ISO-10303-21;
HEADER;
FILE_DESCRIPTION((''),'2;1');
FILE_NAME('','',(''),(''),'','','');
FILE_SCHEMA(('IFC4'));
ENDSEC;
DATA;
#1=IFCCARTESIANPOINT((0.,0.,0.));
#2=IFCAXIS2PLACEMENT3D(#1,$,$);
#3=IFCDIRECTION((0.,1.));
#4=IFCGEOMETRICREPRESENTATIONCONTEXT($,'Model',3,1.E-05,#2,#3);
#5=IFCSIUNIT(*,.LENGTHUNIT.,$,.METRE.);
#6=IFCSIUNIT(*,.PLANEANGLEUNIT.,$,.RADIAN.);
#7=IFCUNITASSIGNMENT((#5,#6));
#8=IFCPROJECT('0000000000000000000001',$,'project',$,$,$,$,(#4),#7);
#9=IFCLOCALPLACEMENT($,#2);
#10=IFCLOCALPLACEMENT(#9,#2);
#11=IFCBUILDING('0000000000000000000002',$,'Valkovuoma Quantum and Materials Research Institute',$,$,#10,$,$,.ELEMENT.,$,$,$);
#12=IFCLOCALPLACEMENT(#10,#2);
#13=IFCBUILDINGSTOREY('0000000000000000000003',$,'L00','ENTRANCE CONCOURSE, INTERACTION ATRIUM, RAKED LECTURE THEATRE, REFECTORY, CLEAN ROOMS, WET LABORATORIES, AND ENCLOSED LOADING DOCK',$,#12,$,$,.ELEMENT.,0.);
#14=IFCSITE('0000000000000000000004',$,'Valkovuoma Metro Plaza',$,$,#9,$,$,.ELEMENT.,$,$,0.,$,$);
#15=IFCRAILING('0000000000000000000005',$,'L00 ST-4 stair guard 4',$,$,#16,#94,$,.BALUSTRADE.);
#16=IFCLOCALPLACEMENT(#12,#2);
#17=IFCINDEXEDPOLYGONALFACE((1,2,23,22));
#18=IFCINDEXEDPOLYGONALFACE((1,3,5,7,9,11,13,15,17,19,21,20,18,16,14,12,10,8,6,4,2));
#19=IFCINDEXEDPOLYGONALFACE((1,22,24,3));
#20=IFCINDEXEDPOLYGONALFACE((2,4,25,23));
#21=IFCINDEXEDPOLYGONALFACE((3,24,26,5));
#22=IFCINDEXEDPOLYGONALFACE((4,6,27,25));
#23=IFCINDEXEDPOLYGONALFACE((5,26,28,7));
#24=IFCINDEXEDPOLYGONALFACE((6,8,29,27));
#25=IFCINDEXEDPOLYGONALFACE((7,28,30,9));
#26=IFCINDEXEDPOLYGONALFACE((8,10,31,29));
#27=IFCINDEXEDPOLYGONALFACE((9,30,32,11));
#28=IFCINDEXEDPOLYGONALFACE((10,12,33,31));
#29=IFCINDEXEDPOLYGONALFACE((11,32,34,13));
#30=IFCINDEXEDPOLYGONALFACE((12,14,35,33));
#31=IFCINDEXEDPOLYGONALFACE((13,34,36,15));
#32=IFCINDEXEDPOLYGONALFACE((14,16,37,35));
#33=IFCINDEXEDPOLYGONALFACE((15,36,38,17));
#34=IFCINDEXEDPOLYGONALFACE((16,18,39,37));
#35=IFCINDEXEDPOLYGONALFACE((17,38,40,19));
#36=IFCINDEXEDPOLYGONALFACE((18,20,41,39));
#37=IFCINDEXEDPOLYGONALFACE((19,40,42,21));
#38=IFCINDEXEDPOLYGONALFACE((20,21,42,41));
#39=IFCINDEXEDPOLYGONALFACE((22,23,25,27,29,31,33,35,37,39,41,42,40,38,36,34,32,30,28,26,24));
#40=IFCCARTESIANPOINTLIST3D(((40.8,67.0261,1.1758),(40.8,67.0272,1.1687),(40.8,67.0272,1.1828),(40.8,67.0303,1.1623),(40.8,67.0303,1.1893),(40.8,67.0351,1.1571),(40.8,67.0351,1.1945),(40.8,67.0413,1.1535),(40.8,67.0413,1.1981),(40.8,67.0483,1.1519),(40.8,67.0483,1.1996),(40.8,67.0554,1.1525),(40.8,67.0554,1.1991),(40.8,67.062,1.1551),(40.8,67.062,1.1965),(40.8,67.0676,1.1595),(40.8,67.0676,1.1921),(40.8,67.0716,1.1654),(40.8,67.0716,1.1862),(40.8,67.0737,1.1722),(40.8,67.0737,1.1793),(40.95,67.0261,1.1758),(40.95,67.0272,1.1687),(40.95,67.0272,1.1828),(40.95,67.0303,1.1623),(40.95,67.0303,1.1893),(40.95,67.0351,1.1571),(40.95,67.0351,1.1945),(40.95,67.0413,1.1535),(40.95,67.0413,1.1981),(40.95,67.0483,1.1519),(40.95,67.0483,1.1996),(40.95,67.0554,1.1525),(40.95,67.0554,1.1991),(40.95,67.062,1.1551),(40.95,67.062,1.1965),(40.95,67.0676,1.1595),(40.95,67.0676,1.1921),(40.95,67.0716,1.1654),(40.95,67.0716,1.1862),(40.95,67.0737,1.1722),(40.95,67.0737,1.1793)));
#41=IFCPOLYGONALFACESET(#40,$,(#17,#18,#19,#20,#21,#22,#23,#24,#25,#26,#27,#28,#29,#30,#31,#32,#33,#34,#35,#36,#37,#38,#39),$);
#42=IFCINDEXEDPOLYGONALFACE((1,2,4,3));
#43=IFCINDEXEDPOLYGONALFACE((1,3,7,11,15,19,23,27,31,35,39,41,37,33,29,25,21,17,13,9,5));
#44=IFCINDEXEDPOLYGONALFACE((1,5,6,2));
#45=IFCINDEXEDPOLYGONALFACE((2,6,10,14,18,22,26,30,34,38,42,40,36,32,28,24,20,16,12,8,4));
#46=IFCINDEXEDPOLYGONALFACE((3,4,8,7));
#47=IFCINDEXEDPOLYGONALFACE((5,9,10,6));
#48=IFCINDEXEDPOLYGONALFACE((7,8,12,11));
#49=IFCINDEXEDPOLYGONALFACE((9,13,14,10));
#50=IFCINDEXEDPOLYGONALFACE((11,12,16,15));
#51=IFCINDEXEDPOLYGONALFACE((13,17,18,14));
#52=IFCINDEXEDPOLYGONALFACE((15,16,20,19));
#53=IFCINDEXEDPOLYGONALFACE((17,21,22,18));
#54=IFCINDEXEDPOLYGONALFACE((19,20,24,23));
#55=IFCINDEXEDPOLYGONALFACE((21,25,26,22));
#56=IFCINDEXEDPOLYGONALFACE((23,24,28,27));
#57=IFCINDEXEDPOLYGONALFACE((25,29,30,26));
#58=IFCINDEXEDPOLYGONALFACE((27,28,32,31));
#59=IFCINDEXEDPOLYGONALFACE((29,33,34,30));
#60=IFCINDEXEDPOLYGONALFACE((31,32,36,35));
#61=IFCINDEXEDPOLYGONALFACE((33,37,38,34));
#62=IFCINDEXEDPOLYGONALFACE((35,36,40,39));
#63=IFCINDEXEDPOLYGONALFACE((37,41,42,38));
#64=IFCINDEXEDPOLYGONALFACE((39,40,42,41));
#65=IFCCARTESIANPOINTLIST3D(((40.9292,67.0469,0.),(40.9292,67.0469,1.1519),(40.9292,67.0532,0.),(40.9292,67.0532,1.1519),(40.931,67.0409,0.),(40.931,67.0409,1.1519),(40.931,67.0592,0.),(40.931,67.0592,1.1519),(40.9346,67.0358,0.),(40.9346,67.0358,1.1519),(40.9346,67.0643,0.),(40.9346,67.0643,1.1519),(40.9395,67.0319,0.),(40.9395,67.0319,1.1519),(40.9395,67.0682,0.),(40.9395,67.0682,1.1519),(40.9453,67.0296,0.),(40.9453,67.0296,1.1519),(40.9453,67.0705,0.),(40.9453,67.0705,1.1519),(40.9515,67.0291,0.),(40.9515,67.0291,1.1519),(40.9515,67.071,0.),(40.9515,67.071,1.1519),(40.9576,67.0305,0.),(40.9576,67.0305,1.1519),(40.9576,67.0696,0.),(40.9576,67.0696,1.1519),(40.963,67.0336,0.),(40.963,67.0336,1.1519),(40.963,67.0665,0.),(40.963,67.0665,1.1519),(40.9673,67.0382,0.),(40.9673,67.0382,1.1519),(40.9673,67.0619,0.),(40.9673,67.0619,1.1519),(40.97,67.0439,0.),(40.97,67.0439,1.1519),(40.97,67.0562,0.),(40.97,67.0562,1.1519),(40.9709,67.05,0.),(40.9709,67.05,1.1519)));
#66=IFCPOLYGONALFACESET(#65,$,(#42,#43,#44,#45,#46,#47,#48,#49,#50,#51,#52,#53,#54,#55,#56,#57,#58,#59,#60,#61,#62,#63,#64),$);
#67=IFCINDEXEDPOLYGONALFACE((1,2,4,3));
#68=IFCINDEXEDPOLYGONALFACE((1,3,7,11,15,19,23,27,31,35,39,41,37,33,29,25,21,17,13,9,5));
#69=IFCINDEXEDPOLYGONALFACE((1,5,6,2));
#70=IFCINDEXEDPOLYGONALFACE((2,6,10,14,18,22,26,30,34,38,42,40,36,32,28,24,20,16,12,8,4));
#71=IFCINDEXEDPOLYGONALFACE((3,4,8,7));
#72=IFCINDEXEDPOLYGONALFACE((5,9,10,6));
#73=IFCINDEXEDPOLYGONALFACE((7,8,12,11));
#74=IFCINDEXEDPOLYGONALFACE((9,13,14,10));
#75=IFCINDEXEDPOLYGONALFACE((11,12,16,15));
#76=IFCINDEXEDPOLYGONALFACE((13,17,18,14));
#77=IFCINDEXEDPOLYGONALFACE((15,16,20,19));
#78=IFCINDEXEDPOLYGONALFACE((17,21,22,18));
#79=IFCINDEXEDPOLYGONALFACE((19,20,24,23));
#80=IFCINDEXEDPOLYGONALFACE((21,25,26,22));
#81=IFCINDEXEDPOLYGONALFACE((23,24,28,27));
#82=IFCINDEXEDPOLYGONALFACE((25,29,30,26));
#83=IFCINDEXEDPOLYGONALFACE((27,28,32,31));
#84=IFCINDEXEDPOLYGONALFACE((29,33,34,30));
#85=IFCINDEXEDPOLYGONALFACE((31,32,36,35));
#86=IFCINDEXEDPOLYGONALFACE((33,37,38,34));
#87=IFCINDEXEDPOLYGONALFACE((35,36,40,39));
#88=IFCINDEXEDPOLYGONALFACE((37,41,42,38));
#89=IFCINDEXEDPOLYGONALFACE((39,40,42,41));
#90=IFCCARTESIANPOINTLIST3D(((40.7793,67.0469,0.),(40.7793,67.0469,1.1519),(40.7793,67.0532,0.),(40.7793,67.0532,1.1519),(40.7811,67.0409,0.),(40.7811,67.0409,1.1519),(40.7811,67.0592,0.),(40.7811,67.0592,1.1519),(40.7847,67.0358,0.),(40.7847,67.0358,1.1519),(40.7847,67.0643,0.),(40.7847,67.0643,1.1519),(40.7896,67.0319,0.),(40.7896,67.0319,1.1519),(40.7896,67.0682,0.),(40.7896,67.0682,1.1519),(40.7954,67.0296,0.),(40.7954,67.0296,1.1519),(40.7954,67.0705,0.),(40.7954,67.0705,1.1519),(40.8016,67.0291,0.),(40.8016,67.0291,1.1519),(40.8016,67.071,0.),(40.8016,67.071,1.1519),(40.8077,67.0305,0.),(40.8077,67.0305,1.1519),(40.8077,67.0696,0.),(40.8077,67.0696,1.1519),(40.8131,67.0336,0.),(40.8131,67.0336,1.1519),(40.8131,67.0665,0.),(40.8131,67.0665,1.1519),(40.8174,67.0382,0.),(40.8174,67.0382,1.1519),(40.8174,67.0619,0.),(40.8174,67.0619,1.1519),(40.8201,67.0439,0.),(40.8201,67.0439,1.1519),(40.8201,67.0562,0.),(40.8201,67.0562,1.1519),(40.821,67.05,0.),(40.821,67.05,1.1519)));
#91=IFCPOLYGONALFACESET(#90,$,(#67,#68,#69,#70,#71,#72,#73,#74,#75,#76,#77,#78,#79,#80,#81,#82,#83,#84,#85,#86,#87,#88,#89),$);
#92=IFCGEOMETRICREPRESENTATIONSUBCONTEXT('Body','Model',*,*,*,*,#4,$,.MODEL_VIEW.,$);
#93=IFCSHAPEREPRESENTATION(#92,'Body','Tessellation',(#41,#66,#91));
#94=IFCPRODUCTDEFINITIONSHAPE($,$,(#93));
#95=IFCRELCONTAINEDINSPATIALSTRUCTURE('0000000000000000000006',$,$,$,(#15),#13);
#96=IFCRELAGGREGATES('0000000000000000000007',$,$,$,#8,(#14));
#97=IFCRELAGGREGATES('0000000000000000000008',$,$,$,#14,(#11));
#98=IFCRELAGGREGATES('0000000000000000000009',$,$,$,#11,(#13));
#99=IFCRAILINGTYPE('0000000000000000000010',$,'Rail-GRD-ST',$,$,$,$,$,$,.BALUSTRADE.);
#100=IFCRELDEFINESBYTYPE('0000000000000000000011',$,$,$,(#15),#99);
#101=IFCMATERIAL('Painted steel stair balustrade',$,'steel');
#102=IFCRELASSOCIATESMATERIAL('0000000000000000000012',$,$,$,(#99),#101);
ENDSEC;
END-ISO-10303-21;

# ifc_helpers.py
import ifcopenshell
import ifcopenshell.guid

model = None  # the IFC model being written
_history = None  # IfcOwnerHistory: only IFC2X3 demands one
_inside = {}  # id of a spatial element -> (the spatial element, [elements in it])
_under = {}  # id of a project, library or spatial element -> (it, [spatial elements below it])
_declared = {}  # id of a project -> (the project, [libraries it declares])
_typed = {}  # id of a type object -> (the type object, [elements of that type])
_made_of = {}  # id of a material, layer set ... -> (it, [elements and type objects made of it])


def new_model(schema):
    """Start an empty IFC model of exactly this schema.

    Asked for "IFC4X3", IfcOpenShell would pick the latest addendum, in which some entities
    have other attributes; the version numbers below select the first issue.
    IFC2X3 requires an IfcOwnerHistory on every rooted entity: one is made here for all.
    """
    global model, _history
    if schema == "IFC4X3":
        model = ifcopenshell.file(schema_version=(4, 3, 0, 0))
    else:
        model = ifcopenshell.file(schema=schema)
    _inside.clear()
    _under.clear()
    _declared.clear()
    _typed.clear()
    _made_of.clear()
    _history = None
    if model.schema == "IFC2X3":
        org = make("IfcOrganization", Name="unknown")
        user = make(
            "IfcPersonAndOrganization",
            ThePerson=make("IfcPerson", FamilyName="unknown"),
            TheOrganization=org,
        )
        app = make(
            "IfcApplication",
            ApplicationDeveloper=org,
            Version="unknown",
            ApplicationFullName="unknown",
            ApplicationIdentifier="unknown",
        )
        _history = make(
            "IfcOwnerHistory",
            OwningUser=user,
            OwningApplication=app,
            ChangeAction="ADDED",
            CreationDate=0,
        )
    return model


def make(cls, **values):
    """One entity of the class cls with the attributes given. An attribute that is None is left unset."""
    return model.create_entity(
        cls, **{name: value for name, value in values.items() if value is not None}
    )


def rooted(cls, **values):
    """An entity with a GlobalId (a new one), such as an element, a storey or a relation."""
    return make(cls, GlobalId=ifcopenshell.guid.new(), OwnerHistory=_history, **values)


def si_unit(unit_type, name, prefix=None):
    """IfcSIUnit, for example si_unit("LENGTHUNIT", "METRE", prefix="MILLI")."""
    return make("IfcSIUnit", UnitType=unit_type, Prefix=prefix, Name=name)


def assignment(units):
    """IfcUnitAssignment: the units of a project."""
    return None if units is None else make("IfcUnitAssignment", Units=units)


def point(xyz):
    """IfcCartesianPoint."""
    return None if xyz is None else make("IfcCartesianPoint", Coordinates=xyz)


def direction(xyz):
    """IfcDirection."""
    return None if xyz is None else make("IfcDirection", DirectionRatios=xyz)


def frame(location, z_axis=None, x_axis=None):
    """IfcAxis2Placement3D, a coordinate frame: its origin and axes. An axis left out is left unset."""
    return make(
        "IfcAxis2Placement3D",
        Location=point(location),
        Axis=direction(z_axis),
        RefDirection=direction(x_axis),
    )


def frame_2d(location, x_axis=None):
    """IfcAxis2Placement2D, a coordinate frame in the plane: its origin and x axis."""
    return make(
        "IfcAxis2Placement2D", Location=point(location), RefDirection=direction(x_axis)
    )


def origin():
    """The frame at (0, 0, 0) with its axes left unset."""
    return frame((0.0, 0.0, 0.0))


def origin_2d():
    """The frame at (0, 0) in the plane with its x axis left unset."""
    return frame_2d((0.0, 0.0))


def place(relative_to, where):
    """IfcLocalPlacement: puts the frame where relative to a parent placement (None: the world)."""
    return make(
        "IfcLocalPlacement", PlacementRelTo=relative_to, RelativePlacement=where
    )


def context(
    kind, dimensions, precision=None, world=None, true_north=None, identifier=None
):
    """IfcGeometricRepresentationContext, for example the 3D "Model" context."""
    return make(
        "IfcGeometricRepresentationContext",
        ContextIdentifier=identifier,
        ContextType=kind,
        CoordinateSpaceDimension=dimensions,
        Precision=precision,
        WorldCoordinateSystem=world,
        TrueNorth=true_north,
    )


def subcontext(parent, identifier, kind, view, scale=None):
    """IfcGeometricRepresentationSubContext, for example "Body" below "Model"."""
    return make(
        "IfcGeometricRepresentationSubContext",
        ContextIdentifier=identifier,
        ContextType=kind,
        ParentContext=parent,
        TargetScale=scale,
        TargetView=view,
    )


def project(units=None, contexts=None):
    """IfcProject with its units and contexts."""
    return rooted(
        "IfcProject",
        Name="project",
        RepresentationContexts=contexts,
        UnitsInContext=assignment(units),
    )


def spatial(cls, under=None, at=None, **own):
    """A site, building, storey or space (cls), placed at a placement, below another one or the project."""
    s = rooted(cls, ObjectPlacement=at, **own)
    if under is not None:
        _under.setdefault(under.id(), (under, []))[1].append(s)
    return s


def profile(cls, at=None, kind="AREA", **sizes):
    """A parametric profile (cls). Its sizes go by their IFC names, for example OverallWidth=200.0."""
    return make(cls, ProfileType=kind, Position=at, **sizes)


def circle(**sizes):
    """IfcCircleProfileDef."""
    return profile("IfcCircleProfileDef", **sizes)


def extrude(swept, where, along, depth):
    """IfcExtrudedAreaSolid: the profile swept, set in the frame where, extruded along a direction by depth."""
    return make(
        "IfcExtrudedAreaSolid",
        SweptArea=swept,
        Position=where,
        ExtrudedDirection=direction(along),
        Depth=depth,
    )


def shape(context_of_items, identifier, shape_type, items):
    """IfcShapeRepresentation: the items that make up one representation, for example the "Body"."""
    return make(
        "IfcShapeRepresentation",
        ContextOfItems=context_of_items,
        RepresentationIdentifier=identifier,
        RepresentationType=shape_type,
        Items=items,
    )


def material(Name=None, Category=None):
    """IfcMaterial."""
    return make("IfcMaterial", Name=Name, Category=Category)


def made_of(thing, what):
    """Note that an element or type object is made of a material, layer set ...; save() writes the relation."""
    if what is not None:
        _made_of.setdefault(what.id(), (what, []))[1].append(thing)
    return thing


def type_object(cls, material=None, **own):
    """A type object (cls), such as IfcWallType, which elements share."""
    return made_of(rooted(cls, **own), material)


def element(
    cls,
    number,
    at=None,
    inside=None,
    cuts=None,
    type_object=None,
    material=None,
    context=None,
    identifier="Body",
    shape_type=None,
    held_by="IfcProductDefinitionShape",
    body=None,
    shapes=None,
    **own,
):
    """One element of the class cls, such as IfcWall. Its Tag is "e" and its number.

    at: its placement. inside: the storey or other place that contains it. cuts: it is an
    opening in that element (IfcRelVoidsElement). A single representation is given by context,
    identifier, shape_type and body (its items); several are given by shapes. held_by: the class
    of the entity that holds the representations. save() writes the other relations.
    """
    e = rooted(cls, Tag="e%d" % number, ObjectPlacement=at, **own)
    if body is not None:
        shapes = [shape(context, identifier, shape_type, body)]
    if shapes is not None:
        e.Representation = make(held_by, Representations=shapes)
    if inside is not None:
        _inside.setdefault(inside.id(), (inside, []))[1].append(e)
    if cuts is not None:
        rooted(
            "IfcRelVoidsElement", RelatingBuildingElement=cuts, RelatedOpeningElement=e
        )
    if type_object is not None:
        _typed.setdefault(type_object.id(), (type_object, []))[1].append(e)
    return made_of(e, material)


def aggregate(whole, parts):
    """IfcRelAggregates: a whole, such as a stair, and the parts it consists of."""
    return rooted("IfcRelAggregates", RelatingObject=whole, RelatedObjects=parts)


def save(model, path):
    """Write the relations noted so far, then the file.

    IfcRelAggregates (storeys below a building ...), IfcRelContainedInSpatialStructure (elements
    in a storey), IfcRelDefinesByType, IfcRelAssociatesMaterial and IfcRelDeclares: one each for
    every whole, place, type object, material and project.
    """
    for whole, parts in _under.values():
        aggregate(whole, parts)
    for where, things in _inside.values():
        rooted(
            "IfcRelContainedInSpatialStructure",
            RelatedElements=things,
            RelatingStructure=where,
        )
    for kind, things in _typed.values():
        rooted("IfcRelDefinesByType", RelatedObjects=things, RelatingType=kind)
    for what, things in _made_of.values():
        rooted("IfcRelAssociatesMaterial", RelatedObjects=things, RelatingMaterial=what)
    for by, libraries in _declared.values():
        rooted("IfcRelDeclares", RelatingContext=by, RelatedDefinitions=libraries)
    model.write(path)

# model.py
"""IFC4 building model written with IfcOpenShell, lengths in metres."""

from ifc_helpers import new_model, si_unit, direction, frame, origin, origin_2d, place, context, subcontext, project, spatial, circle, extrude, material, type_object, element, save


model = new_model("IFC4")

# Units and contexts
model_context = context("Model", 3, precision=1e-05, world=origin(), true_north=direction((0.0, 1.0)))
body_context = subcontext(model_context, "Body", "Model", "MODEL_VIEW")
ifc_project = project(units=[si_unit("LENGTHUNIT", "METRE"), si_unit("PLANEANGLEUNIT", "RADIAN")], contexts=[model_context])

# Site, building, storey
site_placement = place(None, origin())
site = spatial("IfcSite", under=ifc_project, at=site_placement, Name="Valkovuoma Metro Plaza", CompositionType="ELEMENT", RefElevation=0.0)
building_placement = place(site_placement, origin())
building = spatial("IfcBuilding", under=site, at=building_placement, Name="Valkovuoma Quantum and Materials Research Institute", CompositionType="ELEMENT")
storey_placement = place(building_placement, origin())
storey = spatial("IfcBuildingStorey", under=building, at=storey_placement, Name="L00", Description="ENTRANCE CONCOURSE, INTERACTION ATRIUM, RAKED LECTURE THEATRE, REFECTORY, CLEAN ROOMS, WET LABORATORIES, AND ENCLOSED LOADING DOCK", CompositionType="ELEMENT", Elevation=0.0)

# Railing
ifc_material_1 = material(Name="Painted steel stair balustrade", Category="steel")
railing_type_1 = type_object("IfcRailingType", Name="Rail-GRD-ST", PredefinedType="BALUSTRADE", material=ifc_material_1)
railing_1_placement = place(storey_placement, frame((40.95, 67.05, 0.0)))
element("IfcRailing", 1, at=railing_1_placement, inside=storey, type_object=railing_type_1, Name="L00 ST-4 stair guard 4", PredefinedType="BALUSTRADE", context=body_context, shape_type="SweptSolid", body=[
    extrude(circle(Radius=0.0239, at=origin_2d()), frame((0.0, 0.0, 1.1758), z_axis=(-1.0, 0.0, 0.0), x_axis=(0.0, -1.0, 0.0)), (0.0, 0.0, 1.0), 0.1499),
    extrude(circle(Radius=0.021, at=origin_2d()), origin(), (0.0, 0.0, 1.0), 1.1519),
    extrude(circle(Radius=0.021, at=origin_2d()), frame((-0.1499, 0.0, 0.0)), (0.0, 0.0, 1.0), 1.1519),
])

save(model, "model.ifc")
